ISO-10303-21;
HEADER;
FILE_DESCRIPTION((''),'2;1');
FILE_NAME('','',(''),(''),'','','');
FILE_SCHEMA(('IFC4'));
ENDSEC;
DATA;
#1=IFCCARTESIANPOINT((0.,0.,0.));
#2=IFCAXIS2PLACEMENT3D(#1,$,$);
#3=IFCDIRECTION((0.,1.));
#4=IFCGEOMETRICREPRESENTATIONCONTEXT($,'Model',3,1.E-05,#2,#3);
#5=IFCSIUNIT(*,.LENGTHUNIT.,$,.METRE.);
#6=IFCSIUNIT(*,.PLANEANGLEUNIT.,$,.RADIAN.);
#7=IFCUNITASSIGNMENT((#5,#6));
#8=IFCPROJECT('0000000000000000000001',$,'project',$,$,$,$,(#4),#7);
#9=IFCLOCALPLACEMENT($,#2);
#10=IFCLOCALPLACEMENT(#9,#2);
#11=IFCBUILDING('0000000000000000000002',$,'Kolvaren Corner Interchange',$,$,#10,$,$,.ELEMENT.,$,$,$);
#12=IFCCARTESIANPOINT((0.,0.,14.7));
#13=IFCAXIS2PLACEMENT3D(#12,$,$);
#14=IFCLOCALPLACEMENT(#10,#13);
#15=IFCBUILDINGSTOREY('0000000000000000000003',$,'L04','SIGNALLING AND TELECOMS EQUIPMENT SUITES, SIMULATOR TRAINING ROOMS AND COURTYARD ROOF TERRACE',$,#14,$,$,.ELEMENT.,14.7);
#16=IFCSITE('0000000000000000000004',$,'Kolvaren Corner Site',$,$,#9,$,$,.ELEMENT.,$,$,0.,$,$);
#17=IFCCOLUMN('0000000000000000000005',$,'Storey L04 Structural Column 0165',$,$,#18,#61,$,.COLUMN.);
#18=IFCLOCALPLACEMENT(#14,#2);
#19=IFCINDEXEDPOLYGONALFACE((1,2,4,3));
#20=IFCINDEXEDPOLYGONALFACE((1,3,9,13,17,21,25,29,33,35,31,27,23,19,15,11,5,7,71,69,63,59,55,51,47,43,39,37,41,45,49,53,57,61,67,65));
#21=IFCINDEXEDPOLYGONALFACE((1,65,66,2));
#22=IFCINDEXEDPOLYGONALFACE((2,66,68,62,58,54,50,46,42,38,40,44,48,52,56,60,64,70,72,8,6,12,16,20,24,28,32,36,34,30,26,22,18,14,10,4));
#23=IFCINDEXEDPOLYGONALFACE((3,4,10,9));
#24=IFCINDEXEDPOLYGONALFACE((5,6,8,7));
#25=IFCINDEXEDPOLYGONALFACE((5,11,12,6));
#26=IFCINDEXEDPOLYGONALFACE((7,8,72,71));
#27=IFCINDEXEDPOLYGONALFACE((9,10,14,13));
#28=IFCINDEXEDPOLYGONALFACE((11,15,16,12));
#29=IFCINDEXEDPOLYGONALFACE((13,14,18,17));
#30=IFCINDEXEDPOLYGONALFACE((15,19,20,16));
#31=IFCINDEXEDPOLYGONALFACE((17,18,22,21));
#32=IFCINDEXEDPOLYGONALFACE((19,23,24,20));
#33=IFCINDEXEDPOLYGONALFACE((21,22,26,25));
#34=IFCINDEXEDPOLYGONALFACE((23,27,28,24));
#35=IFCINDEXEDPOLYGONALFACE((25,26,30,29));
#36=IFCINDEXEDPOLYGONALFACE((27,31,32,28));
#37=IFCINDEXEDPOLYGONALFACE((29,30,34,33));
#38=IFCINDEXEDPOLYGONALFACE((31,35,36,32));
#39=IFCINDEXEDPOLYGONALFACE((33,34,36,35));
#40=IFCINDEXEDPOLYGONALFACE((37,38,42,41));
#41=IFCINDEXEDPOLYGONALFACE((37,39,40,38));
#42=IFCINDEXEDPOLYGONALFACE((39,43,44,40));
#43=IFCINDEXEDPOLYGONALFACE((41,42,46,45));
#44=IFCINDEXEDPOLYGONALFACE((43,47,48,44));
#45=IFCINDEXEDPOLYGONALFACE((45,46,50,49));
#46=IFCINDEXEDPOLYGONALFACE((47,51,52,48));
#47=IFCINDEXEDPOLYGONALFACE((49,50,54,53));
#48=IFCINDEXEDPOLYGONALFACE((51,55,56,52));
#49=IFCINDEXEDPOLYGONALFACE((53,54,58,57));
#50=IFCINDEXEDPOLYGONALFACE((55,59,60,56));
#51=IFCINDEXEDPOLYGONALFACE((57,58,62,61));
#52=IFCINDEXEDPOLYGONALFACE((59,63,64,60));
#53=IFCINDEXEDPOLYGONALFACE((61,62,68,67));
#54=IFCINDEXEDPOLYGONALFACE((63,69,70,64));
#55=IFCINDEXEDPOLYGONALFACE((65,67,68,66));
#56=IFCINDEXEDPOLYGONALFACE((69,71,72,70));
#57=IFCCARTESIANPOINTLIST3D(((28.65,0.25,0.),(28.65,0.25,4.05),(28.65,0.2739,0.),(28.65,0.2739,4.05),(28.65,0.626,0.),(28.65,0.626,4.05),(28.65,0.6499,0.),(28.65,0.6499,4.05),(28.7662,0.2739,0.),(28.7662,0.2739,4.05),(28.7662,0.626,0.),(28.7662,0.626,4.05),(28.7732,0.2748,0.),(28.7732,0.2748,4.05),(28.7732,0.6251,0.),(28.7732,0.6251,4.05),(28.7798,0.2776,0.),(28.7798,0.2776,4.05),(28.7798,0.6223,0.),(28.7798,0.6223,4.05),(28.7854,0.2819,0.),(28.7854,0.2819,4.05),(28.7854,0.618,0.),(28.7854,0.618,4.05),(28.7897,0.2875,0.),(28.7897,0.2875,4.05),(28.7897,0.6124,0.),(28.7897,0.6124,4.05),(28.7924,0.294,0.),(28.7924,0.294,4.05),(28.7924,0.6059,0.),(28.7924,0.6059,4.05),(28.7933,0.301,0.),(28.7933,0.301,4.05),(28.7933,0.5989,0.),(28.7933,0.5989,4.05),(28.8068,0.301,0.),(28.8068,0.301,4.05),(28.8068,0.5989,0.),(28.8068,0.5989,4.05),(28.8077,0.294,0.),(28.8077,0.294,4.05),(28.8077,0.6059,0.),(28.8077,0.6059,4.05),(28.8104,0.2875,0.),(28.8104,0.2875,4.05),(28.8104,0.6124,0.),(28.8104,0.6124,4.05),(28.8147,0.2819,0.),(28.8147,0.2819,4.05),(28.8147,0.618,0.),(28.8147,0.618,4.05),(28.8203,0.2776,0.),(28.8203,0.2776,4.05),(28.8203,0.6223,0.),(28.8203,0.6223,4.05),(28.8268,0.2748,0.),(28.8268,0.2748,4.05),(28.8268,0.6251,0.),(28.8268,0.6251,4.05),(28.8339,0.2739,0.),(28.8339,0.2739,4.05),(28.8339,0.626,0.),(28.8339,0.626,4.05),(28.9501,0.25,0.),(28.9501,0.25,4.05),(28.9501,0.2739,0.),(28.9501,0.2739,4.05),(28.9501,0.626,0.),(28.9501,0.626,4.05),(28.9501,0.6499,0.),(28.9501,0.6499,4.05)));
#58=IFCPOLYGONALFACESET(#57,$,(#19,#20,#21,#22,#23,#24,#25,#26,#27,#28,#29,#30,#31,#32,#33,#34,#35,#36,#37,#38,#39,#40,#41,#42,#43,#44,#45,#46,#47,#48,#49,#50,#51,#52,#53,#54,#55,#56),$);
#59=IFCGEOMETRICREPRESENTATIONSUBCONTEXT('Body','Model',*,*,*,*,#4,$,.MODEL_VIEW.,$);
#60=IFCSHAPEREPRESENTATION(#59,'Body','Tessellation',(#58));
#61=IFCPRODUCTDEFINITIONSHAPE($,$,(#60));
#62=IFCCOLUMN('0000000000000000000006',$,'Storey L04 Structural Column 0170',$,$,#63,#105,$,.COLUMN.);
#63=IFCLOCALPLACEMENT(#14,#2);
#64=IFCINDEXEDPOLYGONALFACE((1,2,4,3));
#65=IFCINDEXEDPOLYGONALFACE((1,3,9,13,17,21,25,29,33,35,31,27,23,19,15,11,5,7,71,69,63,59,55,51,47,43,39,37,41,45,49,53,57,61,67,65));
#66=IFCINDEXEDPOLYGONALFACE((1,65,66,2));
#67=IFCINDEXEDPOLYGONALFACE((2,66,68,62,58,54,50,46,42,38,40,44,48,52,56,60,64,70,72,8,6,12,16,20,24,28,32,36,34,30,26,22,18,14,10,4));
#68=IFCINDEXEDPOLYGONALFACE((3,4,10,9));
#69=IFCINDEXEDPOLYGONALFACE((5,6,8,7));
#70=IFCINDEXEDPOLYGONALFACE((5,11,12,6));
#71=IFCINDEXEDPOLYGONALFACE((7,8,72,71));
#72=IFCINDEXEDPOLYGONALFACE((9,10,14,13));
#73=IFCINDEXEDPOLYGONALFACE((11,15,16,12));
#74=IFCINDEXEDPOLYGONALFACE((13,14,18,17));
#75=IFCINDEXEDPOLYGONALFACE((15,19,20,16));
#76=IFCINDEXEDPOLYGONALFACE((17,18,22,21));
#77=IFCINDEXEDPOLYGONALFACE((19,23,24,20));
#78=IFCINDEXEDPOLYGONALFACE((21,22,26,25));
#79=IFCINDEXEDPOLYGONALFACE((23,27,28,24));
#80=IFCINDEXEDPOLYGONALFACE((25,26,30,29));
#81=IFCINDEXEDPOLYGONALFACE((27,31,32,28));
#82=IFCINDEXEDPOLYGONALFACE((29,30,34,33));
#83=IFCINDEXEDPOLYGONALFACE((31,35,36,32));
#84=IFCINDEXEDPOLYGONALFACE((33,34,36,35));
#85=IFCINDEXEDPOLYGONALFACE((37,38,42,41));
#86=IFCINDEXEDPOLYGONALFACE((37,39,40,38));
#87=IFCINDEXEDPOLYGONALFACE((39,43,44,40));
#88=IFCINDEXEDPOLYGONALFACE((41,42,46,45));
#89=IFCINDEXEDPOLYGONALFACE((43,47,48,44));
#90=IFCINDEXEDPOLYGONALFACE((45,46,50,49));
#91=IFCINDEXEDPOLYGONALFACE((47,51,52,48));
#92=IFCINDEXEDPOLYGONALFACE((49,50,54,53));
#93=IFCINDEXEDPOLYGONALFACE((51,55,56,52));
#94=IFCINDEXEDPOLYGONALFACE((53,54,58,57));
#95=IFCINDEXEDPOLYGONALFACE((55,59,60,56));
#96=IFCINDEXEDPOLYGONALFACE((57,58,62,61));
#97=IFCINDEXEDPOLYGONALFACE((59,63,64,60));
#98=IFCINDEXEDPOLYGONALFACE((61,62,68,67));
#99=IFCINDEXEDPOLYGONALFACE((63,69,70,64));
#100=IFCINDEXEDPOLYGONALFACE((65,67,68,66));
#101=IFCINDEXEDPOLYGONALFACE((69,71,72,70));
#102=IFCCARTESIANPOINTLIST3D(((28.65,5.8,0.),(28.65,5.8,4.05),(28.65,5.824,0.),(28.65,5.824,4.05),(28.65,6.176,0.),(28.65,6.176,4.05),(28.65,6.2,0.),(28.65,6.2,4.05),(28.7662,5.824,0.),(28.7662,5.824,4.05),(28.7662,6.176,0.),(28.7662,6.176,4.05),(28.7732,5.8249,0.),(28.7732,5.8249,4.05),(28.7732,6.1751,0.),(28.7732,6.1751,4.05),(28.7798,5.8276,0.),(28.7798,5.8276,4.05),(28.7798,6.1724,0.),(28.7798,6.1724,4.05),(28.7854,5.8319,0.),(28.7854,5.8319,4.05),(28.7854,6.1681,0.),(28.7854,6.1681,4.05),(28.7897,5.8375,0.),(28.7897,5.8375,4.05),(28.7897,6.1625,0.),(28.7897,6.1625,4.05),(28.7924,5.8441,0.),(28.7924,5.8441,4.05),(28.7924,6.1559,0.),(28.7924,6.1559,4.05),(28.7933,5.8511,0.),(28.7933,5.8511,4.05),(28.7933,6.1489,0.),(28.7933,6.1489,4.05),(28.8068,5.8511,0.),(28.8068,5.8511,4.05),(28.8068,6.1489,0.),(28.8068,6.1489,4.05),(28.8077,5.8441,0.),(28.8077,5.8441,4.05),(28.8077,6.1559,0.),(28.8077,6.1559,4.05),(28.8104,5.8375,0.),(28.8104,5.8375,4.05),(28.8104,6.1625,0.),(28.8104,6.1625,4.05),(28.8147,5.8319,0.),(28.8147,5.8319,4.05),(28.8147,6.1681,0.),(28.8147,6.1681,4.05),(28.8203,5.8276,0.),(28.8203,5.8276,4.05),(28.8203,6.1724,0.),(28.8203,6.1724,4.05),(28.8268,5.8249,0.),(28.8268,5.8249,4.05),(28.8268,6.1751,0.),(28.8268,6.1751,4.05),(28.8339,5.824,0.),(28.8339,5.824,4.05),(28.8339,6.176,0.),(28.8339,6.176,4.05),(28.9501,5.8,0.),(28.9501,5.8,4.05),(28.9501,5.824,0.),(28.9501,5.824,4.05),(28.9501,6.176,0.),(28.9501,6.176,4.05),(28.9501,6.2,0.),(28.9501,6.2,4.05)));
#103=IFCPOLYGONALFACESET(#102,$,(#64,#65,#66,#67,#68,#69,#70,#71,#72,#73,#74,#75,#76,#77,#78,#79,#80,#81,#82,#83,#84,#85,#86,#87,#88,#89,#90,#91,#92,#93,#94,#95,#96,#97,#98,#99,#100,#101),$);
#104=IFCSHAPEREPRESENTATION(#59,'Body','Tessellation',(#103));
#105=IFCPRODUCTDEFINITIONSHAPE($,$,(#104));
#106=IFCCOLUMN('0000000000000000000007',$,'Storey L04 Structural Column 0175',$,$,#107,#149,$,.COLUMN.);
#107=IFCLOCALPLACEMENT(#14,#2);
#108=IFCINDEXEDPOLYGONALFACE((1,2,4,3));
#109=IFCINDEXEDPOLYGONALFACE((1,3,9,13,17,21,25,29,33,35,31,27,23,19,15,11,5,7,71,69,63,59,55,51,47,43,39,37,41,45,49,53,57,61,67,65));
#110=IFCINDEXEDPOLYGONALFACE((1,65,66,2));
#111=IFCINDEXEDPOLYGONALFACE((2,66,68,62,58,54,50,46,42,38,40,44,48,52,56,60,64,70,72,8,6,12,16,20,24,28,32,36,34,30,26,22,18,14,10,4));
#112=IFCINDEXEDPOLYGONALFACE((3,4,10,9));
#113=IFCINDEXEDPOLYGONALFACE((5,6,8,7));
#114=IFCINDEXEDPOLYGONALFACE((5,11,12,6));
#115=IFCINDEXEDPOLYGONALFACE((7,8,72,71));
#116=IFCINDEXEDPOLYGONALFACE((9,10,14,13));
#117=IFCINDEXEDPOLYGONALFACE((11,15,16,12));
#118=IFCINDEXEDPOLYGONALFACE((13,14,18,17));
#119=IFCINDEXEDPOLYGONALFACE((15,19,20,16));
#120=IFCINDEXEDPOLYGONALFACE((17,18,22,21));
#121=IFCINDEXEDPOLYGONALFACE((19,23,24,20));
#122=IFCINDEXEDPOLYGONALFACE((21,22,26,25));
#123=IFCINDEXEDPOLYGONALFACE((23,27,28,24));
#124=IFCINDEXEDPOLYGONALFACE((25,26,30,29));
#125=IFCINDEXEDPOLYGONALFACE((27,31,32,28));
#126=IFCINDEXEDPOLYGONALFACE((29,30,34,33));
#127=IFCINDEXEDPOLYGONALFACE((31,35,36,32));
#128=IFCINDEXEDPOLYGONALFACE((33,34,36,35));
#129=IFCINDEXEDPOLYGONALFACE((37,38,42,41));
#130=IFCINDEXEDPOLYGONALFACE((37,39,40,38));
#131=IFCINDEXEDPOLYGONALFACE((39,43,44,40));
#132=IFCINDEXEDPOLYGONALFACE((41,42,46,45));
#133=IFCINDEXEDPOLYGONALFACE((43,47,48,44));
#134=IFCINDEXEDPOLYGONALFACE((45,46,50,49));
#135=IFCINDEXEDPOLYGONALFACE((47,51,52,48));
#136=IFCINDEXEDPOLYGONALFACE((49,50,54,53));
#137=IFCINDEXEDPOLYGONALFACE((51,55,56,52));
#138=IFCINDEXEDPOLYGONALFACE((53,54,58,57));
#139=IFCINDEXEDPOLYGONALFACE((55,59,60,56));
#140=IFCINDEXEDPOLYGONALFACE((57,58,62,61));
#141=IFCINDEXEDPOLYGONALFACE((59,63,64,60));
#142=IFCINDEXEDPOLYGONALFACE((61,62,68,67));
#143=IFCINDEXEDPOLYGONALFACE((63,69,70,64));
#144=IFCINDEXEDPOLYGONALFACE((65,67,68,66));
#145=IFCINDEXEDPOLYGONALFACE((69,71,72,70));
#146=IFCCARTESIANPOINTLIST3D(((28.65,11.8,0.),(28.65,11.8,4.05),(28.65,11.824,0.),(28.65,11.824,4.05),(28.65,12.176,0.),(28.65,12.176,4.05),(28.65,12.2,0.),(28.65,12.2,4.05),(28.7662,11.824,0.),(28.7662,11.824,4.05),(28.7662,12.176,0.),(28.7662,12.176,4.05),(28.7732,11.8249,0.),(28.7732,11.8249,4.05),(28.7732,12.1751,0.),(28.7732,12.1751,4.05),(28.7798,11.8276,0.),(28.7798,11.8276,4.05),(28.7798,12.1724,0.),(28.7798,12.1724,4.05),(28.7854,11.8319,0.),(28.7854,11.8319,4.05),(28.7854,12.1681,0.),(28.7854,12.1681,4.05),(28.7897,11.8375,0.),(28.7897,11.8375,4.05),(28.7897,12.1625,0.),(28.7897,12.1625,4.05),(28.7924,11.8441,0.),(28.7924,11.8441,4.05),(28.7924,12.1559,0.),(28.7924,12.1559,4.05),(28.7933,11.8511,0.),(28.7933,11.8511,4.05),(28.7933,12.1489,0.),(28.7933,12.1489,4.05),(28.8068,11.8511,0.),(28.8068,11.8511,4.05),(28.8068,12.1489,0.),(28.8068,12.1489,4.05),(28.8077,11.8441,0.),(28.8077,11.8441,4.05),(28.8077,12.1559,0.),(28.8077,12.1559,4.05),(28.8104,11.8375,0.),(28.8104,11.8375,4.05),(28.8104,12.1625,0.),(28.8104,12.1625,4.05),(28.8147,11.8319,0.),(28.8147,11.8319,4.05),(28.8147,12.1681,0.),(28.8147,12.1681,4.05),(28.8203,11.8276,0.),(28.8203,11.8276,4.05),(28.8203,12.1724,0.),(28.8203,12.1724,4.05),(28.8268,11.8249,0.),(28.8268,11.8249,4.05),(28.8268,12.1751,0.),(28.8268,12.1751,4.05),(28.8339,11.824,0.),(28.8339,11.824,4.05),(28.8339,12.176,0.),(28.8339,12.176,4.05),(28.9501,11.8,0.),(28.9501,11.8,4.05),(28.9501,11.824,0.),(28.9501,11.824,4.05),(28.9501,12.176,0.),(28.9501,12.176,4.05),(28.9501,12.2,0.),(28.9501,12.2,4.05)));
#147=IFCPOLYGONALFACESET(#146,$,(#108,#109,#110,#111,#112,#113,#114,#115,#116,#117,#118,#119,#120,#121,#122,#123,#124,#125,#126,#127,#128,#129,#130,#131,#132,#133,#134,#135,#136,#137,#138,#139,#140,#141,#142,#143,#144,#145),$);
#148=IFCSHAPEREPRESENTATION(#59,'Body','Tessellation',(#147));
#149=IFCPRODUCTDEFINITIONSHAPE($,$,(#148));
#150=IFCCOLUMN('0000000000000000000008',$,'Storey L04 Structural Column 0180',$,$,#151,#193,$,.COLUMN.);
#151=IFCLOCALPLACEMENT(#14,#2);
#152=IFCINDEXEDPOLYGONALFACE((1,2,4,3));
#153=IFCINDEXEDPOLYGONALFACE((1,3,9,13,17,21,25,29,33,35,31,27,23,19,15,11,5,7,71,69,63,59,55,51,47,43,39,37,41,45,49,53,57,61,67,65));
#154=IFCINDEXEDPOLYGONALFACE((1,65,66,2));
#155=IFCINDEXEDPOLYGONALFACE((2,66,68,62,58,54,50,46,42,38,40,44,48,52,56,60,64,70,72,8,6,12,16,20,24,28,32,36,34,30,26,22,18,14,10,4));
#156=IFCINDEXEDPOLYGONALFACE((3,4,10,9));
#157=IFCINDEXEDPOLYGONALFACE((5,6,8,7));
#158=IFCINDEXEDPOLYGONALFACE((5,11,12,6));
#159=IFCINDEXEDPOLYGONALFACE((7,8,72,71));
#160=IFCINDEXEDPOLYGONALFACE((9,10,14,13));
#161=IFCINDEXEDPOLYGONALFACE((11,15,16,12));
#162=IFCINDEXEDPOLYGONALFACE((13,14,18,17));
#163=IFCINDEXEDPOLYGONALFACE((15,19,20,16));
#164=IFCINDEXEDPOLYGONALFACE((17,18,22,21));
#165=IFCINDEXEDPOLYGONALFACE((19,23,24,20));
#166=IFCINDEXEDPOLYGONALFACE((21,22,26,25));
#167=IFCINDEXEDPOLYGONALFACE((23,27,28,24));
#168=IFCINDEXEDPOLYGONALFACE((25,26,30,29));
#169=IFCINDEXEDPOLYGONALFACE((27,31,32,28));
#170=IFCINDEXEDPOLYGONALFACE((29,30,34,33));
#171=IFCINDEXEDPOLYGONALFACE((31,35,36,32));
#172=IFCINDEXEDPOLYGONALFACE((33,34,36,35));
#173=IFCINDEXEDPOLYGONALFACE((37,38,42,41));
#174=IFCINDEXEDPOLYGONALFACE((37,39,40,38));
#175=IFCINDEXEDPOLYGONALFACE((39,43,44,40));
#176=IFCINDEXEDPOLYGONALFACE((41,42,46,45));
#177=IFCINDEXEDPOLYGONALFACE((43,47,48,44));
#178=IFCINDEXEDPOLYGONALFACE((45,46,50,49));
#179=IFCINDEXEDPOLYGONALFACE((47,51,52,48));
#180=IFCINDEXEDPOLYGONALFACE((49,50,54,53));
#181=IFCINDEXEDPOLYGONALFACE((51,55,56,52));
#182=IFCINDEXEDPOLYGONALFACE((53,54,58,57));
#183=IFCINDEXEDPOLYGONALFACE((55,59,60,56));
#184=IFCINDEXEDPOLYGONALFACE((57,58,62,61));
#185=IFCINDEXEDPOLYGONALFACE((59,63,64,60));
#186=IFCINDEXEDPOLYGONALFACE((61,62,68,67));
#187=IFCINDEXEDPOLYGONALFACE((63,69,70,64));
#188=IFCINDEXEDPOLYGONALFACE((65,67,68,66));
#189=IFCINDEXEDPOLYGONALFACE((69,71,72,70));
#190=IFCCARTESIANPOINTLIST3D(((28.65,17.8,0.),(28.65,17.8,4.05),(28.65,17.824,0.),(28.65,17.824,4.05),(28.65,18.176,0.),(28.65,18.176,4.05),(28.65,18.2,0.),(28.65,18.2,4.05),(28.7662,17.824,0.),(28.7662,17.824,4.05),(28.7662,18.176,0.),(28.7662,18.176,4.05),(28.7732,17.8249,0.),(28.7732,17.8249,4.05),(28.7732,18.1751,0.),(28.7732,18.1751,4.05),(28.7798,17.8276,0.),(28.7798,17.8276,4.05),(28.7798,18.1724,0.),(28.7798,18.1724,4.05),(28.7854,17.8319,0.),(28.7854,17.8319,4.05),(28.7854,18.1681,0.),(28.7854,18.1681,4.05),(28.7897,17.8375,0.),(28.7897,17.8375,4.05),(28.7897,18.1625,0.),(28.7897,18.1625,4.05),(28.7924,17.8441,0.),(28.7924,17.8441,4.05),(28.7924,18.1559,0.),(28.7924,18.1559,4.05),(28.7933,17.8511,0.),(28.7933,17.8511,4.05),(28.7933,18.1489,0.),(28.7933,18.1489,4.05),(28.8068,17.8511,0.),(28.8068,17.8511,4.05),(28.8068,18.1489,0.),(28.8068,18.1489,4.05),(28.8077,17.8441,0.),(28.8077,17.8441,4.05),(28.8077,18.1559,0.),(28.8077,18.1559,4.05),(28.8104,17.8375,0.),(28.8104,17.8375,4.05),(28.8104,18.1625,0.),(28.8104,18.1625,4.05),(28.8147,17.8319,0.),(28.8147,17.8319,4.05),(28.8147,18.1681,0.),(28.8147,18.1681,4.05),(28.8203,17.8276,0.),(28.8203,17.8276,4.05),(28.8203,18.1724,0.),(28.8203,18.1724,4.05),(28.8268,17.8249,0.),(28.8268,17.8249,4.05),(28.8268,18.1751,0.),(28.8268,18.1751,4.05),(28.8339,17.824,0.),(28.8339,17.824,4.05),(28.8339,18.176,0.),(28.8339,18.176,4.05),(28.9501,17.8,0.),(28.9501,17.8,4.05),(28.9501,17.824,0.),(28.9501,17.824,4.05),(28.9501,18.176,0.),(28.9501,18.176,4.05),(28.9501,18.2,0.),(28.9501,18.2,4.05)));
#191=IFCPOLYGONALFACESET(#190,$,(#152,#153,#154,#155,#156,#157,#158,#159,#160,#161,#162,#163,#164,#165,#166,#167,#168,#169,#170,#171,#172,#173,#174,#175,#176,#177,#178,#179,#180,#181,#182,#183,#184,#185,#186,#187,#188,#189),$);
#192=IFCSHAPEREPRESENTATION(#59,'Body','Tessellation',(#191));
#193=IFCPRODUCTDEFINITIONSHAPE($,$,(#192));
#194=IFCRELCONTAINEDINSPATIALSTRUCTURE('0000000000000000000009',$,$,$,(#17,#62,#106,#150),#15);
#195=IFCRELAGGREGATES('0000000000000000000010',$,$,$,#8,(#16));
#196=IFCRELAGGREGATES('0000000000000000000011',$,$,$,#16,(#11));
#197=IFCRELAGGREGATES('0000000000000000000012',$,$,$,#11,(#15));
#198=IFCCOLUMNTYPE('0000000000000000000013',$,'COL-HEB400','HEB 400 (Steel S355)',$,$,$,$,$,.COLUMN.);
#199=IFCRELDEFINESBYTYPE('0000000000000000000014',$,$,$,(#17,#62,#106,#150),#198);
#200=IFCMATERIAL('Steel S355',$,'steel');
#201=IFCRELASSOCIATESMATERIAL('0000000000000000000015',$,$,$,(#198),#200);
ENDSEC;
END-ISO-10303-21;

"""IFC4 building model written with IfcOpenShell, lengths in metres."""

from ifc_helpers import new_model, si_unit, direction, frame, origin, origin_2d, place, context, subcontext, project, spatial, i_section, extrude, material, material_profile, profile_set, type_object, element, save


model = new_model("IFC4")

# Units and contexts
model_context = context("Model", 3, precision=1e-05, world=origin(), true_north=direction((0.0, 1.0)))
body_context = subcontext(model_context, "Body", "Model", "MODEL_VIEW")
ifc_project = project(units=[si_unit("LENGTHUNIT", "METRE"), si_unit("PLANEANGLEUNIT", "RADIAN")], contexts=[model_context])

# Site, building, storey
site_placement = place(None, origin())
site = spatial("IfcSite", under=ifc_project, at=site_placement, Name="Kolvaren Corner Site", CompositionType="ELEMENT", RefElevation=0.0)
building_placement = place(site_placement, origin())
building = spatial("IfcBuilding", under=site, at=building_placement, Name="Kolvaren Corner Interchange", CompositionType="ELEMENT")
storey_placement = place(building_placement, frame((0.0, 0.0, 14.7)))
storey = spatial("IfcBuildingStorey", under=building, at=storey_placement, Name="L04", Description="SIGNALLING AND TELECOMS EQUIPMENT SUITES, SIMULATOR TRAINING ROOMS AND COURTYARD ROOF TERRACE", CompositionType="ELEMENT", Elevation=14.7)

# Columns
ifc_material_1 = material(Name="Steel S355", Category="steel")
ifc_material_profile_1 = material_profile(ifc_material_1, i_section(OverallWidth=0.3, OverallDepth=0.3999, WebThickness=0.0134, FlangeThickness=0.0239, FilletRadius=0.0271, at=origin_2d()), Name="HEB 400")
ifc_profile_set_1 = profile_set([ifc_material_profile_1], Name="Steel S355")
column_type = type_object("IfcColumnType", Name="COL-HEB400", Description="HEB 400 (Steel S355)", PredefinedType="COLUMN", material=ifc_profile_set_1)
for number, where, z_axis, x_axis, name in (
    (1, (28.8, 0.45, 0.0), (0.0, 0.0, 1.0), (1.0, 0.0, 0.0), "Storey L04 Structural Column 0165"),
    (2, (28.8, 6.0, 0.0), (0.0, 0.0, 1.0), (1.0, 0.0, 0.0), "Storey L04 Structural Column 0170"),
    (3, (28.8, 12.0, 0.0), (0.0, 0.0, 1.0), (1.0, 0.0, 0.0), "Storey L04 Structural Column 0175"),
    (4, (28.8, 18.0, 0.0), (0.0, 0.0, 1.0), (1.0, 0.0, 0.0), "Storey L04 Structural Column 0180"),
):
    element("IfcColumn", number, at=place(storey_placement, frame(where, z_axis=z_axis, x_axis=x_axis)), inside=storey, type_object=column_type, Name=name, PredefinedType="COLUMN", context=body_context, shape_type="SweptSolid", body=[
        extrude(i_section(OverallWidth=0.3, OverallDepth=0.3999, WebThickness=0.0134, FlangeThickness=0.0239, FilletRadius=0.0271, at=origin_2d()), origin(), (0.0, 0.0, 1.0), 4.05),
    ])

save(model, "model.ifc")
